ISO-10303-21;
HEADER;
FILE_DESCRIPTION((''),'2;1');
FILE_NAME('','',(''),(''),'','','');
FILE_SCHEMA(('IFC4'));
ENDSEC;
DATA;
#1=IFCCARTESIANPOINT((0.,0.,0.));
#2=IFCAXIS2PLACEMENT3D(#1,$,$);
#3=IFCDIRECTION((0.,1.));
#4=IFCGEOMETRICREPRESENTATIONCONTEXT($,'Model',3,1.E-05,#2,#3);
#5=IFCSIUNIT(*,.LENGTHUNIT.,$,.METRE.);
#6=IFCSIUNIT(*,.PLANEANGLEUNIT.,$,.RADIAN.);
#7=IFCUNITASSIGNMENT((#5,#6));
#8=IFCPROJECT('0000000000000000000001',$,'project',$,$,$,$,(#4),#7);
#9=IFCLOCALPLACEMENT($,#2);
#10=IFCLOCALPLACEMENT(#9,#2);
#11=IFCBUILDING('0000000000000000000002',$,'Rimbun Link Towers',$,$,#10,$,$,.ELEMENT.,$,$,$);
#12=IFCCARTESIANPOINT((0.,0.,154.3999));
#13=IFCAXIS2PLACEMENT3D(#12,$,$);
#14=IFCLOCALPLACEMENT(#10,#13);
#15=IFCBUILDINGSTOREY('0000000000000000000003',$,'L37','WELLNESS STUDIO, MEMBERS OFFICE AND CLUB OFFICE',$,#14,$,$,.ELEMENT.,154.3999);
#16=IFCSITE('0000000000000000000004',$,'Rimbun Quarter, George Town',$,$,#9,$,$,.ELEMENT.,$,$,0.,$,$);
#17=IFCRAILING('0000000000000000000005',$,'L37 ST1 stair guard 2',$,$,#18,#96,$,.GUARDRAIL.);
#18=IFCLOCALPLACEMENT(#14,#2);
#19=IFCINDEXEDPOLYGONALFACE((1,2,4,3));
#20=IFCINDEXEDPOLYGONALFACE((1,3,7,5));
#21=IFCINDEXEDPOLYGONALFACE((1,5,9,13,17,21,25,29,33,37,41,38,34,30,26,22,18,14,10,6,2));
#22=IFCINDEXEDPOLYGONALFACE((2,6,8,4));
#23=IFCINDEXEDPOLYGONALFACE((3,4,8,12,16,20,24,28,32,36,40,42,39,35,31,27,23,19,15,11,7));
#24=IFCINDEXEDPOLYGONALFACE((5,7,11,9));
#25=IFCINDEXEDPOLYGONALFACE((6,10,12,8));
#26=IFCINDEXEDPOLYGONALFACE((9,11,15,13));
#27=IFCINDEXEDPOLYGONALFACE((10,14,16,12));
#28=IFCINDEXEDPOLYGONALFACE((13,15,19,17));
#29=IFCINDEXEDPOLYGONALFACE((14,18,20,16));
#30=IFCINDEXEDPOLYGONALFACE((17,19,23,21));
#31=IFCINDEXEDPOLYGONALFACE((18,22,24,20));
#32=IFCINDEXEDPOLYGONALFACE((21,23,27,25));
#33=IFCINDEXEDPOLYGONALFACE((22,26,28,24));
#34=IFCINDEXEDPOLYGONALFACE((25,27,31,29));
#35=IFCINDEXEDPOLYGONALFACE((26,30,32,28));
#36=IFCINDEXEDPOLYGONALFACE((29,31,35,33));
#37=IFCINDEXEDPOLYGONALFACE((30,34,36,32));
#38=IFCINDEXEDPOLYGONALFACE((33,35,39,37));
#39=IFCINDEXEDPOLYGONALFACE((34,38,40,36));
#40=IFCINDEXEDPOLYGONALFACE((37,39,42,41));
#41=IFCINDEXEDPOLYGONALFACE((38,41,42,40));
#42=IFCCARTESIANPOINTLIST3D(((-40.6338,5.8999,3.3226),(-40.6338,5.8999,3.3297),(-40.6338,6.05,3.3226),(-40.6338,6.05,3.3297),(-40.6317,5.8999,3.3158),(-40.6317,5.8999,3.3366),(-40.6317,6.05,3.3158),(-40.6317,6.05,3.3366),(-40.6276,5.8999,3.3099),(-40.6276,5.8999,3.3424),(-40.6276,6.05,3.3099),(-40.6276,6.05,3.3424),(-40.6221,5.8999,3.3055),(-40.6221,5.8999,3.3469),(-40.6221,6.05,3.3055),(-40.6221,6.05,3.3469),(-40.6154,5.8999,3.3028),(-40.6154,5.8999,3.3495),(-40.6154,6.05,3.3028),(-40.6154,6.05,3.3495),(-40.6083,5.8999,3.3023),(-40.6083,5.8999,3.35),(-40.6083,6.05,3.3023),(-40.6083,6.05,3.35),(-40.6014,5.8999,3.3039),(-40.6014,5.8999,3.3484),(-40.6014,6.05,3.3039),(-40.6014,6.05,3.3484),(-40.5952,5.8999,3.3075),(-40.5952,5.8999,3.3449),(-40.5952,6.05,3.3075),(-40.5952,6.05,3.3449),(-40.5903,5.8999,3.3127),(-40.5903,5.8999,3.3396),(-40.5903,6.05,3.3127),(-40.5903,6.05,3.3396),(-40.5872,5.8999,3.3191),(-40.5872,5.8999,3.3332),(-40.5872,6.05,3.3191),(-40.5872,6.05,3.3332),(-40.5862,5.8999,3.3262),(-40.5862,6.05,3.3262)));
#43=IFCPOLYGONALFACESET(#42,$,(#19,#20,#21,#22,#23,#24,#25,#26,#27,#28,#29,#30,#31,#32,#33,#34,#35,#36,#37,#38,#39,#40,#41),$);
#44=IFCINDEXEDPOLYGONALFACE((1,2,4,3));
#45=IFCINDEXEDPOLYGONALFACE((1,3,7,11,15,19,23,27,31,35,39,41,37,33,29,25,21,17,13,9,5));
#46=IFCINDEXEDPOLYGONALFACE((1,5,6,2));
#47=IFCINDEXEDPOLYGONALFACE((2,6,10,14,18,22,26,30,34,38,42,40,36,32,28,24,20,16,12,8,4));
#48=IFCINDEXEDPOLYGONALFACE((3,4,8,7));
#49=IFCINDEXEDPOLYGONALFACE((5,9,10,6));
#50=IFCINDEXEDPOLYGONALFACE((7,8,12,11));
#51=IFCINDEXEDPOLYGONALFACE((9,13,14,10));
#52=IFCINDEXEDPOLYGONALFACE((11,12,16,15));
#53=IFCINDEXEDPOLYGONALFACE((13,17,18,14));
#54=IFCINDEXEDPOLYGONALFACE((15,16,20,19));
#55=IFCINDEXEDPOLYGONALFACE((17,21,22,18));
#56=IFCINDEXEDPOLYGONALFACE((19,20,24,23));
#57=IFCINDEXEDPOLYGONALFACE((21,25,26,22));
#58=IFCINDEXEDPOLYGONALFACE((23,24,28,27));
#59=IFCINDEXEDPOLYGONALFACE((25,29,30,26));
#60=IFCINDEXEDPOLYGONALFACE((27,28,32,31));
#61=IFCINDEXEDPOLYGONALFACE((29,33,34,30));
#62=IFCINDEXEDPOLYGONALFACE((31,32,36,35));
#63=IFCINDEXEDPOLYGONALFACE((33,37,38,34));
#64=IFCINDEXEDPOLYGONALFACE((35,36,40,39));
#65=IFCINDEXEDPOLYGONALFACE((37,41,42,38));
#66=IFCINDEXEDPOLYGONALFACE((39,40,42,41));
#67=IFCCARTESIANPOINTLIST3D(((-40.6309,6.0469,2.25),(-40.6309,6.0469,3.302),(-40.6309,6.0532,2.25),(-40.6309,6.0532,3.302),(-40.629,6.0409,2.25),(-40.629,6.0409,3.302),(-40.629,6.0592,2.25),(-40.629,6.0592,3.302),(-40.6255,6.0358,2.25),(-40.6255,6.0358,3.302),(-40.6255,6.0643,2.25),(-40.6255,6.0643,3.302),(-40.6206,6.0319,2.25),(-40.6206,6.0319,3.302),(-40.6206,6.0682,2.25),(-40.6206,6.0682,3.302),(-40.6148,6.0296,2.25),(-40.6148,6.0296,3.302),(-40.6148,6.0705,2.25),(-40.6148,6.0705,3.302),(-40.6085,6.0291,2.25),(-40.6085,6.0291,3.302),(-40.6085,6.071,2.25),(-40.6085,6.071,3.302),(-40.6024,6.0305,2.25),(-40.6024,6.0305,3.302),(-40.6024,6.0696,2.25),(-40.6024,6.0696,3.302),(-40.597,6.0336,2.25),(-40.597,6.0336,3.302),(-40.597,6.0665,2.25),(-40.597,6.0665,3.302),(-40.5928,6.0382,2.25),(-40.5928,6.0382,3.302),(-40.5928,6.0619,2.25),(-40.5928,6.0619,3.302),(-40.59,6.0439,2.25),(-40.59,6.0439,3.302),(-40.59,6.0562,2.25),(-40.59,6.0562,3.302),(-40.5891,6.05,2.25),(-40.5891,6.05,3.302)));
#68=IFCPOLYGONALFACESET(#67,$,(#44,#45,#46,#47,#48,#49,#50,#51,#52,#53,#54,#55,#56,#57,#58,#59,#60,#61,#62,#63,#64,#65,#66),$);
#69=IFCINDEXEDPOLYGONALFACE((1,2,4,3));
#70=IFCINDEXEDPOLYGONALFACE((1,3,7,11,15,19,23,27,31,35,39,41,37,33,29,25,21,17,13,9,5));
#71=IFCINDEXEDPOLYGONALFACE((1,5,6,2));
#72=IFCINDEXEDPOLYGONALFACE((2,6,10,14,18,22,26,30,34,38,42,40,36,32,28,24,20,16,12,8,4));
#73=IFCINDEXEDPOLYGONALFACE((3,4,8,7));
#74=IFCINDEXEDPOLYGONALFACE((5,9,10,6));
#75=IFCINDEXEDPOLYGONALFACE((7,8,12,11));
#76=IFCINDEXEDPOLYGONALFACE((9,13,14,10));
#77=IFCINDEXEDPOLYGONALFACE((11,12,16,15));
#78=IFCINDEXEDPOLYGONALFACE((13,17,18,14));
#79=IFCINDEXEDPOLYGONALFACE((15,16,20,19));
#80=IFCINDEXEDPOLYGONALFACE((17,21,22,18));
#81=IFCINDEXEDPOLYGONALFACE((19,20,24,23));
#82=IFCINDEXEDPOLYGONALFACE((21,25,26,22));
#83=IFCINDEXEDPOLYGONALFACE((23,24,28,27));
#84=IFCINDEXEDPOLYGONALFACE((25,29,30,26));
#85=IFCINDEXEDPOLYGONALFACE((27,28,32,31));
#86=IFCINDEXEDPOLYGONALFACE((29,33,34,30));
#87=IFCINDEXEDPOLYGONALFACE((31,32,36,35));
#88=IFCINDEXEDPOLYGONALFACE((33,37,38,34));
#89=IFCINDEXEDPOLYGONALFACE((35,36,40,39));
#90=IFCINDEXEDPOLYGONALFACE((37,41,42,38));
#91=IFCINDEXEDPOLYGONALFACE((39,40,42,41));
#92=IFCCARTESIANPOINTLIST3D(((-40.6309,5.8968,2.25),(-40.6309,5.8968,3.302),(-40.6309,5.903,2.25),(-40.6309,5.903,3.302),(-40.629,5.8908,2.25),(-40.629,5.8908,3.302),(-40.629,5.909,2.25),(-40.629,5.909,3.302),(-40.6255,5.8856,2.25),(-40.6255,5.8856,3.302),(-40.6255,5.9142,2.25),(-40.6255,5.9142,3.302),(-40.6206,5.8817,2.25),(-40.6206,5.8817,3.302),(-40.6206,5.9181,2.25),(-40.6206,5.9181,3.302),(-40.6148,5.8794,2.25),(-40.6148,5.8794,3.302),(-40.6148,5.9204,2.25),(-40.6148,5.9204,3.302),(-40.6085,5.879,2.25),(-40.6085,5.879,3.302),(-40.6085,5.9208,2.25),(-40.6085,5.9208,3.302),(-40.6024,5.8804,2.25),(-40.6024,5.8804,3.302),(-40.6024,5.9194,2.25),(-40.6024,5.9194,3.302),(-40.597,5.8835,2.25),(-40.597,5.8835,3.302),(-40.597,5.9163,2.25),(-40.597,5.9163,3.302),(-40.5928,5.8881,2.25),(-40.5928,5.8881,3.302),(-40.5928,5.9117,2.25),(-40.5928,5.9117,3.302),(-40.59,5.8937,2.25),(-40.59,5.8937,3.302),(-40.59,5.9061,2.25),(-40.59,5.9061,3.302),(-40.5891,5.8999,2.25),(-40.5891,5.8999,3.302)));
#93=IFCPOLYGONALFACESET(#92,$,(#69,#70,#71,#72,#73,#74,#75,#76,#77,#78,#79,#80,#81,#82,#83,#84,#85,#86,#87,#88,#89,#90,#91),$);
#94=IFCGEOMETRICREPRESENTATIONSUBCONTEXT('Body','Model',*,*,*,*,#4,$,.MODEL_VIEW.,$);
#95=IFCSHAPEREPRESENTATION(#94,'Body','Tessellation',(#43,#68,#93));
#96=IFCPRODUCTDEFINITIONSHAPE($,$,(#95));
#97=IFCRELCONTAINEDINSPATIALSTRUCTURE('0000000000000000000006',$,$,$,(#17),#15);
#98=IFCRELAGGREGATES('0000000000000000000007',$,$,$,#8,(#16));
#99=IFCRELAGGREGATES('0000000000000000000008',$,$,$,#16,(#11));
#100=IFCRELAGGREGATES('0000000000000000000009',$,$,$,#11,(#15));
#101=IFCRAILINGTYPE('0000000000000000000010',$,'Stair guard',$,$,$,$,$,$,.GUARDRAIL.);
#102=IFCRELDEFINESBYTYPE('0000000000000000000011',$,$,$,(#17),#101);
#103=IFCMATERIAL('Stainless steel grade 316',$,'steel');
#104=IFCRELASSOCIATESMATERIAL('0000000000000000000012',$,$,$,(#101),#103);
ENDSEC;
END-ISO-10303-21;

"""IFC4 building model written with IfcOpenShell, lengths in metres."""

from ifc_helpers import new_model, si_unit, direction, frame, origin, origin_2d, place, context, subcontext, project, spatial, circle, extrude, material, type_object, element, save


model = new_model("IFC4")

# Units and contexts
model_context = context("Model", 3, precision=1e-05, world=origin(), true_north=direction((0.0, 1.0)))
body_context = subcontext(model_context, "Body", "Model", "MODEL_VIEW")
ifc_project = project(units=[si_unit("LENGTHUNIT", "METRE"), si_unit("PLANEANGLEUNIT", "RADIAN")], contexts=[model_context])

# Site, building, storey
site_placement = place(None, origin())
site = spatial("IfcSite", under=ifc_project, at=site_placement, Name="Rimbun Quarter, George Town", CompositionType="ELEMENT", RefElevation=0.0)
building_placement = place(site_placement, origin())
building = spatial("IfcBuilding", under=site, at=building_placement, Name="Rimbun Link Towers", CompositionType="ELEMENT")
storey_placement = place(building_placement, frame((0.0, 0.0, 154.3999)))
storey = spatial("IfcBuildingStorey", under=building, at=storey_placement, Name="L37", Description="WELLNESS STUDIO, MEMBERS OFFICE AND CLUB OFFICE", CompositionType="ELEMENT", Elevation=154.3999)

# Railing
ifc_material_1 = material(Name="Stainless steel grade 316", Category="steel")
railing_type_1 = type_object("IfcRailingType", Name="Stair guard", PredefinedType="GUARDRAIL", material=ifc_material_1)
railing_1_placement = place(storey_placement, frame((-40.6101, 6.05, 2.25)))
element("IfcRailing", 1, at=railing_1_placement, inside=storey, type_object=railing_type_1, Name="L37 ST1 stair guard 2", PredefinedType="GUARDRAIL", context=body_context, shape_type="SweptSolid", body=[
    extrude(circle(Radius=0.0239, at=origin_2d()), frame((0.0, 0.0, 1.0762), z_axis=(0.0, -1.0, 0.0), x_axis=(1.0, 0.0, 0.0)), (0.0, 0.0, 1.0), 0.1501),
    extrude(circle(Radius=0.021, at=origin_2d()), origin(), (0.0, 0.0, 1.0), 1.052),
    extrude(circle(Radius=0.021, at=origin_2d()), frame((0.0, -0.1501, 0.0)), (0.0, 0.0, 1.0), 1.052),
])

save(model, "model.ifc")
